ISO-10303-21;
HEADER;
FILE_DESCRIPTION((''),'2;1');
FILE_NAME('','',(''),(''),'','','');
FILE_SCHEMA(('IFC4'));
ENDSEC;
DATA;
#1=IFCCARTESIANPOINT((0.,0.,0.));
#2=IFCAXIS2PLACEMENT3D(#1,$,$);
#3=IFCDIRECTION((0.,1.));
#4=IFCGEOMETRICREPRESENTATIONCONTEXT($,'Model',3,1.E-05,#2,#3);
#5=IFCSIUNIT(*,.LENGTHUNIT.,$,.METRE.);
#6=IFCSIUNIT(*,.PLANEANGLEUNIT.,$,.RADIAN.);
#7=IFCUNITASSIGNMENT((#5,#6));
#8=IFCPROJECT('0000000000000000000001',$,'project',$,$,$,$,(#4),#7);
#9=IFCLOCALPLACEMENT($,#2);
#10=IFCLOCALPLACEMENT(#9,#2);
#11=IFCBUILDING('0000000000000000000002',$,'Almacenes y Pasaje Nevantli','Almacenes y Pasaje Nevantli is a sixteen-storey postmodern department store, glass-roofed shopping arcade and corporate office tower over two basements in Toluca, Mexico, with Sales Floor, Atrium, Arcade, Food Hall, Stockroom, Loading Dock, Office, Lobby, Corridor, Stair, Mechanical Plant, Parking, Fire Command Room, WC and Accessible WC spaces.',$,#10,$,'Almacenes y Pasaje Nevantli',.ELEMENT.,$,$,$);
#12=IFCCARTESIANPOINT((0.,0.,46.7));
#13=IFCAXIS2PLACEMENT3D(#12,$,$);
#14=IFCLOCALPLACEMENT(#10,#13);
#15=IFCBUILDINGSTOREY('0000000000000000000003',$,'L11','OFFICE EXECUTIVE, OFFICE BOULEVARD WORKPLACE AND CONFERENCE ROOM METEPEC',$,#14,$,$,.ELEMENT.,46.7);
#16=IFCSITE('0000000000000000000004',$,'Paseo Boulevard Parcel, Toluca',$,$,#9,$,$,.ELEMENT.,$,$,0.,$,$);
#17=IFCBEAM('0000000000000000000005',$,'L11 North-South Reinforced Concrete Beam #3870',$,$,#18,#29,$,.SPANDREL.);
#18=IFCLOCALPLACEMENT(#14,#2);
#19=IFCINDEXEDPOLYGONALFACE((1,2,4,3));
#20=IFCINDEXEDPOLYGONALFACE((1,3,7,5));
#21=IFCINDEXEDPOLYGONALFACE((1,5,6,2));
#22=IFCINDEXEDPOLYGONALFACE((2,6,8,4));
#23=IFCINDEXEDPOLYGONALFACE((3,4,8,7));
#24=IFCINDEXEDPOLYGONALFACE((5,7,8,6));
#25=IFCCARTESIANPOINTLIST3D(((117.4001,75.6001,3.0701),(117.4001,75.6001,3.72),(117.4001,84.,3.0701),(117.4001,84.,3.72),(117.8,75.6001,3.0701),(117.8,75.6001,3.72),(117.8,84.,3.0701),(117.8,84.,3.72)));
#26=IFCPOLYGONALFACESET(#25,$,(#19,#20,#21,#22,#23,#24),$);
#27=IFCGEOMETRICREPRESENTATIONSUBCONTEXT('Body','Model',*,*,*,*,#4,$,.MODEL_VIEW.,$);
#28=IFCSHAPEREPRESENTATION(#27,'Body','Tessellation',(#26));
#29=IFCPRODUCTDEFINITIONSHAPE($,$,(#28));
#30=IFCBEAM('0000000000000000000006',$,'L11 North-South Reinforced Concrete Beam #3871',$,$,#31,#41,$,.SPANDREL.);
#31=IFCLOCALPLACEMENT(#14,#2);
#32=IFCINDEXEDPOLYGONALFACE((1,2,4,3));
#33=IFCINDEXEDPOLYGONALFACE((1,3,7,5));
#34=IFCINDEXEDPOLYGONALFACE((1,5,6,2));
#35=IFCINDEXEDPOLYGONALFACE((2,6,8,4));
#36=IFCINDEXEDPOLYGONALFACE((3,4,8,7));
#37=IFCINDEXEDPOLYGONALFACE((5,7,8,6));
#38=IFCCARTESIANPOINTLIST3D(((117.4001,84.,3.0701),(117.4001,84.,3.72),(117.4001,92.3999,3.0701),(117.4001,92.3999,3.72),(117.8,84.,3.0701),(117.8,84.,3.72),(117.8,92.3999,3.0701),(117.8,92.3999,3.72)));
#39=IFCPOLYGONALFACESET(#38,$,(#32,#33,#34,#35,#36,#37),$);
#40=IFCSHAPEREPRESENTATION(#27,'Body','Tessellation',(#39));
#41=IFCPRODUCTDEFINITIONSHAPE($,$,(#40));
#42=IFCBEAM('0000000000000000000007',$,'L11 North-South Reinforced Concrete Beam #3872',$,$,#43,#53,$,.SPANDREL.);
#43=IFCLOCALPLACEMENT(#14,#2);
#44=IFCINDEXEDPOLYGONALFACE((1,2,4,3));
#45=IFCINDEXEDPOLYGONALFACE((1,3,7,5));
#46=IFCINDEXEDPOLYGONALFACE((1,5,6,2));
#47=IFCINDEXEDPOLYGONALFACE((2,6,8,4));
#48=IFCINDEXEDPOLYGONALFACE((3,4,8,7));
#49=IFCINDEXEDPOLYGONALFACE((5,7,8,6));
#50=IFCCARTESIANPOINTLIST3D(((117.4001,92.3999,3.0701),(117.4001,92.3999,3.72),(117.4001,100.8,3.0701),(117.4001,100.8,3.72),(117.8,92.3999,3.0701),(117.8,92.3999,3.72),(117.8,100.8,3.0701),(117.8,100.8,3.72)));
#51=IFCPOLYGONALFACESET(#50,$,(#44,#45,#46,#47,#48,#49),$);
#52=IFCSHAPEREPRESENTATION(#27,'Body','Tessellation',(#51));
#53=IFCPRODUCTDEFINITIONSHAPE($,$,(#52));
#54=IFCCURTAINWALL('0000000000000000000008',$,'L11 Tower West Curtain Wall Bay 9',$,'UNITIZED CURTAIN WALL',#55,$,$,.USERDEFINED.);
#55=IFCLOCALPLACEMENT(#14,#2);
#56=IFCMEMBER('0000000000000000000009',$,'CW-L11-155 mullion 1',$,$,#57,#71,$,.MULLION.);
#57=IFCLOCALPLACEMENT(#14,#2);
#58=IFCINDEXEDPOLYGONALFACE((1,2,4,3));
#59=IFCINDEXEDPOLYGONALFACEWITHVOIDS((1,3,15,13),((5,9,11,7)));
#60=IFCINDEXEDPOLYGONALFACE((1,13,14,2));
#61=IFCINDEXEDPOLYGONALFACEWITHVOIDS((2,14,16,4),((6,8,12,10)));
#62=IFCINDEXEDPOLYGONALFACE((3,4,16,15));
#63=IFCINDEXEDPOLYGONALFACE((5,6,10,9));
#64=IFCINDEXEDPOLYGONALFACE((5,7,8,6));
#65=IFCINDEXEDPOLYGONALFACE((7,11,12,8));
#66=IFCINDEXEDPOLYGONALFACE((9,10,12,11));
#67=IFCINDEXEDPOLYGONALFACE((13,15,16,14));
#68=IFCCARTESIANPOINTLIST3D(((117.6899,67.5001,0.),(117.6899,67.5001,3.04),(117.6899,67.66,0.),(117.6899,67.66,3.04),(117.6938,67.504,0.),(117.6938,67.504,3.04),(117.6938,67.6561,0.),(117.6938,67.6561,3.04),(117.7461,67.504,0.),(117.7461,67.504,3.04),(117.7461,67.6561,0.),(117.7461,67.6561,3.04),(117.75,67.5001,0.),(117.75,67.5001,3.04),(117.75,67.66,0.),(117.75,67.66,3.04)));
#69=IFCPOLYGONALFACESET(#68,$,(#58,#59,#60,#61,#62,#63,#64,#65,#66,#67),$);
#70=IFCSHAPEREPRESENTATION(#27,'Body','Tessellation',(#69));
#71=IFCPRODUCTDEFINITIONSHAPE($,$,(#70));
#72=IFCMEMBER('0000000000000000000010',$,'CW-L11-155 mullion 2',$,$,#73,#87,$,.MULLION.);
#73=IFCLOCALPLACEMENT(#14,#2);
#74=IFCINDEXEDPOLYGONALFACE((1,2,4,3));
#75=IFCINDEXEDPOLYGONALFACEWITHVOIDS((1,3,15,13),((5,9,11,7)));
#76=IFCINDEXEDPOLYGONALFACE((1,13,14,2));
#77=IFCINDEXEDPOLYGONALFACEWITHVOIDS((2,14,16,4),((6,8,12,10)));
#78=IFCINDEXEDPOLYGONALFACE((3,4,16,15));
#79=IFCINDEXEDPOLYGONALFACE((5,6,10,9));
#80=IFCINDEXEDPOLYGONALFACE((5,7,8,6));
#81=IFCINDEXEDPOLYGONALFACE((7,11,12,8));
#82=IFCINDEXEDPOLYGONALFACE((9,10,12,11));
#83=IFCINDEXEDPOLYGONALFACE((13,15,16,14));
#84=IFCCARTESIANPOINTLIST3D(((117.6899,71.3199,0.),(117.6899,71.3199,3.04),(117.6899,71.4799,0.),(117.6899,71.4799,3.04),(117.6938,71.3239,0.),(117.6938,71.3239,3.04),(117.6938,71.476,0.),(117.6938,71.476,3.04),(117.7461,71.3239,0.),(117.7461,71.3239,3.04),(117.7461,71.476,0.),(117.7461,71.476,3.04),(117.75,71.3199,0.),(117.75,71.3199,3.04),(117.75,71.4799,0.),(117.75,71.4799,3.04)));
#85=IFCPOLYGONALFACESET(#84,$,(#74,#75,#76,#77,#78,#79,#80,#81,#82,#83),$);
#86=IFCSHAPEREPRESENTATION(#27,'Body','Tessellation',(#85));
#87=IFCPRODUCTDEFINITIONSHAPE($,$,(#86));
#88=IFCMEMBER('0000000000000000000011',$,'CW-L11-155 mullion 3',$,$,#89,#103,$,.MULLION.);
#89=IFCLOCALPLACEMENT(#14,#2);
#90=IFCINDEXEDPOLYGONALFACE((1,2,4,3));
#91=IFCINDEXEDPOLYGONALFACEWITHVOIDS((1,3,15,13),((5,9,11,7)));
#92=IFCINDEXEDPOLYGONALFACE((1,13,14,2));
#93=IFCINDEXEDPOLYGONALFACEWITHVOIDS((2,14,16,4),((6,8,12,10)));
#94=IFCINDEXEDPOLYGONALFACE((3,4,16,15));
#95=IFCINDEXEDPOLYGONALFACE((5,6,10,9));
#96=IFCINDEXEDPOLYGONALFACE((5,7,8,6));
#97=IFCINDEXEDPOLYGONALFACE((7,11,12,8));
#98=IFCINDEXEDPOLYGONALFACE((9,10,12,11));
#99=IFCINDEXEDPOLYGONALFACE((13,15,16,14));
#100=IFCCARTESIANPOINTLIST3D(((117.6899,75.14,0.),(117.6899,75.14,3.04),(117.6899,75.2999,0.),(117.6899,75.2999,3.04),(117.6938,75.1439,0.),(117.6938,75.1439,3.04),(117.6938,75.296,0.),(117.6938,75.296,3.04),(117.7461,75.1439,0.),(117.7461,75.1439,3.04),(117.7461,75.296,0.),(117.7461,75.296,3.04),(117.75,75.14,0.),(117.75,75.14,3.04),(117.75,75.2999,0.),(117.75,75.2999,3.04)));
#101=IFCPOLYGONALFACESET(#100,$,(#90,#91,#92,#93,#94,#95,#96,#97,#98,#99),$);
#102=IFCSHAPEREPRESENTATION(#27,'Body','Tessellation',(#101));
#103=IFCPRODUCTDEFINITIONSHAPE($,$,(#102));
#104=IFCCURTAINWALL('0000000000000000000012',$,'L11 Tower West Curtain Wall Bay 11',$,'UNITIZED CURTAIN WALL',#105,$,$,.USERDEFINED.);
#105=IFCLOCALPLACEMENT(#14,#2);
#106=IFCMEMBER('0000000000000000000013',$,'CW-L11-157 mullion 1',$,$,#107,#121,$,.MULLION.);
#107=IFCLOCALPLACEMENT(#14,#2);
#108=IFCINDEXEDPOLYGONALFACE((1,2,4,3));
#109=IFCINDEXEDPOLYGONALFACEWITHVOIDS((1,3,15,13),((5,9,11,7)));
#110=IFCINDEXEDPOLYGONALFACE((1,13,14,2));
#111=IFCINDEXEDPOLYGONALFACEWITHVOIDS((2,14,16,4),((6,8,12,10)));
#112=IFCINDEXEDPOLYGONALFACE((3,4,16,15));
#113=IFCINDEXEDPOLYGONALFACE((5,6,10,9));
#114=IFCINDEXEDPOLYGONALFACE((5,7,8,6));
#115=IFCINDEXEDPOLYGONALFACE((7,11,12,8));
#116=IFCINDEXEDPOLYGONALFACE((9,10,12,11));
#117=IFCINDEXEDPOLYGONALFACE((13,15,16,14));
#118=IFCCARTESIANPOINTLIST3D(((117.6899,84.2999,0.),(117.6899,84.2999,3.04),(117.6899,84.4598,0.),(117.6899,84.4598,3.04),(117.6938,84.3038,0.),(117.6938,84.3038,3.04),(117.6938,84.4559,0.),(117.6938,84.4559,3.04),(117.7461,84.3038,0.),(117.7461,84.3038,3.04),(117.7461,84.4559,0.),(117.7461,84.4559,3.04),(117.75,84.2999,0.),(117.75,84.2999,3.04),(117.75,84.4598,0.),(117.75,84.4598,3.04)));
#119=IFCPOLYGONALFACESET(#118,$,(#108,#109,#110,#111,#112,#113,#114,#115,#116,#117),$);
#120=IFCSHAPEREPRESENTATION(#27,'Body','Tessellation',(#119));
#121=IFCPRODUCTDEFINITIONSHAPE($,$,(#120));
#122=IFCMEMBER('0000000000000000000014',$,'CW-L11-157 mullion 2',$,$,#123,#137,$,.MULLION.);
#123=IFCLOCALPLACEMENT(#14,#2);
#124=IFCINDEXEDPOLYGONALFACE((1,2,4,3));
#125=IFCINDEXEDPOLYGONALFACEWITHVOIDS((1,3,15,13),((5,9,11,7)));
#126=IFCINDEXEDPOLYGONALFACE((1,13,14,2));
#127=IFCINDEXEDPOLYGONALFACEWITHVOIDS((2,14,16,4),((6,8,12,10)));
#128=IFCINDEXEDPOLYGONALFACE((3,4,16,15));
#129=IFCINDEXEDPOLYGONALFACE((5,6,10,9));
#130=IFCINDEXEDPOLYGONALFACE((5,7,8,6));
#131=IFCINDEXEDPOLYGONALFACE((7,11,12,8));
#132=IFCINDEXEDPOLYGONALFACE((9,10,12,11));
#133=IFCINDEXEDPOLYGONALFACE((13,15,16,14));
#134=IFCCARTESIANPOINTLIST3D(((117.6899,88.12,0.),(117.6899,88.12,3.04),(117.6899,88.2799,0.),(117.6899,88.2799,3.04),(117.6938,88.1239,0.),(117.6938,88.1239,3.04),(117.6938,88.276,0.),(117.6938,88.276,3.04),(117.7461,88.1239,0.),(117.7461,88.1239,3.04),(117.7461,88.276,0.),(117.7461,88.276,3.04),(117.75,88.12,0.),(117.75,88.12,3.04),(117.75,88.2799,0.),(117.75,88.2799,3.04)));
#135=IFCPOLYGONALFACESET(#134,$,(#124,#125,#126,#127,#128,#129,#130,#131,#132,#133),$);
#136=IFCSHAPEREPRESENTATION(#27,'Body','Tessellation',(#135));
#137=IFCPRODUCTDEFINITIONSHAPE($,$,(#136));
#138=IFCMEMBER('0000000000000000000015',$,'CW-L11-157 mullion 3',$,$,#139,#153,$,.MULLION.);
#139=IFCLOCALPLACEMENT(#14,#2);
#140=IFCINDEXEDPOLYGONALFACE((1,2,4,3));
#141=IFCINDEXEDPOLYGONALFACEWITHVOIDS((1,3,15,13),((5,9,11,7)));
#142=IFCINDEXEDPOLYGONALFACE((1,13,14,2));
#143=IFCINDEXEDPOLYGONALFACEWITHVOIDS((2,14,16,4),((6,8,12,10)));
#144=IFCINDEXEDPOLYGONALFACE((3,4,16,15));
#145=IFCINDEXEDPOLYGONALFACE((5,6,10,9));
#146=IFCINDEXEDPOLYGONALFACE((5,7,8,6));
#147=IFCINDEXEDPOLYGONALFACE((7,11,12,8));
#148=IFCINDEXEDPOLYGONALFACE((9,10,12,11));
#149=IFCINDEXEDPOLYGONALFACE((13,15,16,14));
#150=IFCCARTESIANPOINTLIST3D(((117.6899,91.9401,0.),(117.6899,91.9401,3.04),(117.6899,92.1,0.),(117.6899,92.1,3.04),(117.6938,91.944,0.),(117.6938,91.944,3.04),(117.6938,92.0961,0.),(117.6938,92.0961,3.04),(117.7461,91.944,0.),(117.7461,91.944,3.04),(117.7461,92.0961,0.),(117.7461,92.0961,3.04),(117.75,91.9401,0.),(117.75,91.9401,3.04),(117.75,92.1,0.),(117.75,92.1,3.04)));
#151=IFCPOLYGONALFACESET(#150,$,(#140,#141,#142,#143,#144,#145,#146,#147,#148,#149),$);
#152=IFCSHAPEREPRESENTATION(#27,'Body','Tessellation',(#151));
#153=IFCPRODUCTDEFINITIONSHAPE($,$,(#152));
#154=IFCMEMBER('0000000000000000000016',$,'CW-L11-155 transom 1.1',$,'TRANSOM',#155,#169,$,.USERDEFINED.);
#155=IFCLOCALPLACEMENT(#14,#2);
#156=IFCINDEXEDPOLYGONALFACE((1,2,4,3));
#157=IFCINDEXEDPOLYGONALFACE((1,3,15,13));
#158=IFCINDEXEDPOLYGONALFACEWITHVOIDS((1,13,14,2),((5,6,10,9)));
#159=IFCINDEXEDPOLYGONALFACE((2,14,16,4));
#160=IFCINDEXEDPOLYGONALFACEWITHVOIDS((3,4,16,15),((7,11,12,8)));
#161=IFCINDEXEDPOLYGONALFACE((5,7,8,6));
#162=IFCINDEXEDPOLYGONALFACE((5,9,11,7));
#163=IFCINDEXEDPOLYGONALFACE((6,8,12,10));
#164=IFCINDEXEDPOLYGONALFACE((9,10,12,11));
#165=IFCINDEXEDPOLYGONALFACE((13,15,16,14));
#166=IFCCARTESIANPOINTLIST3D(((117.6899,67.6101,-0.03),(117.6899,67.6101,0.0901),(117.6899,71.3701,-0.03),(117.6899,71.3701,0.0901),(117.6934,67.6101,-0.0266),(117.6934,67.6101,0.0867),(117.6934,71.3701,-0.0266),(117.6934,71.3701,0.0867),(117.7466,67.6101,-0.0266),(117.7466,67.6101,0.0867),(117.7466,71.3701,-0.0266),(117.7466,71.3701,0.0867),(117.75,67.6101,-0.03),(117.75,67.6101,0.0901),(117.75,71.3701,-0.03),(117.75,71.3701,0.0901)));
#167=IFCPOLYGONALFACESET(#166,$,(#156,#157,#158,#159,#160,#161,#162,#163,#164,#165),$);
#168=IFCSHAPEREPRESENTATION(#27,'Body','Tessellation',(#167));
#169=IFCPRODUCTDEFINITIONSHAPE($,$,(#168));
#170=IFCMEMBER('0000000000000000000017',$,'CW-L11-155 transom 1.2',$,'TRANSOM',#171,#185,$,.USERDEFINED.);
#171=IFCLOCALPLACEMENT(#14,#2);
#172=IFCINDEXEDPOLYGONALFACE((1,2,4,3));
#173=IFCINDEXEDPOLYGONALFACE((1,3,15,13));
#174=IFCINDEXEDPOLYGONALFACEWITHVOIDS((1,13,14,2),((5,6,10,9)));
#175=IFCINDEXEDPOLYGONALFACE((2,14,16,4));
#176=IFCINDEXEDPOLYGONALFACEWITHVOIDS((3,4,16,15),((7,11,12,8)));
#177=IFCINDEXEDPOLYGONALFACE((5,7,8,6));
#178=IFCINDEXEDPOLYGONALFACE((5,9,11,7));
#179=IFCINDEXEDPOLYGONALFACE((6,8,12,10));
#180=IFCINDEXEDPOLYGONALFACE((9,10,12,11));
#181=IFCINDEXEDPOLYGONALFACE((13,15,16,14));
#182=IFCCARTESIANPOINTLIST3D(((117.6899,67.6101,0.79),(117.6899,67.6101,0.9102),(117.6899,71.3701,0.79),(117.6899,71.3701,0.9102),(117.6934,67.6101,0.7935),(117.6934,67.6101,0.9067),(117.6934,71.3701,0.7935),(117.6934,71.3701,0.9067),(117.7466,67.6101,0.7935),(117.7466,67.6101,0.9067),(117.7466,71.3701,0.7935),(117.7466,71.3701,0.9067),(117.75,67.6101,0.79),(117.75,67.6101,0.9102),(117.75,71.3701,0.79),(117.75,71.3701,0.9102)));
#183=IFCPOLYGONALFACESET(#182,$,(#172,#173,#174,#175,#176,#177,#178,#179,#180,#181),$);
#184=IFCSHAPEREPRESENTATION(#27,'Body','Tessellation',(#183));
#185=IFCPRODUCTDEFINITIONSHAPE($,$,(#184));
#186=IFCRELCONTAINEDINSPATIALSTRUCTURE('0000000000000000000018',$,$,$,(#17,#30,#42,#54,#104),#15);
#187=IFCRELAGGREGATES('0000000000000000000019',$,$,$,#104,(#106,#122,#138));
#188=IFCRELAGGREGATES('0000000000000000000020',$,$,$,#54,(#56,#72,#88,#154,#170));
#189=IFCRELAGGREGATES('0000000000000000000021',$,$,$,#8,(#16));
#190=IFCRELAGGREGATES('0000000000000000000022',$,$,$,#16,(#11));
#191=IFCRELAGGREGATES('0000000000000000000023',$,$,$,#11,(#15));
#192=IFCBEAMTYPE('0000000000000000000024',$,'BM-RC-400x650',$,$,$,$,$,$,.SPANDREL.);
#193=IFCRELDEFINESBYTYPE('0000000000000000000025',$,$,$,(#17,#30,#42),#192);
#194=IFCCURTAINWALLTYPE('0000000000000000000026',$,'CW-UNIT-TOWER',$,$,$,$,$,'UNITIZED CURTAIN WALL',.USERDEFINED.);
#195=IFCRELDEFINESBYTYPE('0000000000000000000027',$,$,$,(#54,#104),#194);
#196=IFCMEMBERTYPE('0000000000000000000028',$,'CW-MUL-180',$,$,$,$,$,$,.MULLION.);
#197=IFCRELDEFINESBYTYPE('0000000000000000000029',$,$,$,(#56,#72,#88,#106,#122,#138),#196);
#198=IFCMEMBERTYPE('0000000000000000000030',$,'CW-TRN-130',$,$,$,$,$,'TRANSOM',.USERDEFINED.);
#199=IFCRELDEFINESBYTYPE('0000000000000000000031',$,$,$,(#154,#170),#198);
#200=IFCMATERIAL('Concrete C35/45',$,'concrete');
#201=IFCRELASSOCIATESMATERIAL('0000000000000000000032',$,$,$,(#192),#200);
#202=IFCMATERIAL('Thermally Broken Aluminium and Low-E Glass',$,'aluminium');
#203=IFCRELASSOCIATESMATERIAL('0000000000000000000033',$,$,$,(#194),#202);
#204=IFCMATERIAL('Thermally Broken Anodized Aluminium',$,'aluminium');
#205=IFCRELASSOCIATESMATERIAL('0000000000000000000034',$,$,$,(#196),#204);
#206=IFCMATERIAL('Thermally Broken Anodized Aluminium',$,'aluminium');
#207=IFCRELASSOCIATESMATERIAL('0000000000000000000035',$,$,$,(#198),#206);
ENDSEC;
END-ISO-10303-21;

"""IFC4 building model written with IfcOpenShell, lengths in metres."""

from ifc_helpers import new_model, si_unit, direction, frame, origin, origin_2d, place, context, subcontext, project, spatial, rectangle, hollow_rectangle, extrude, material, material_profile, profile_set, type_object, element, aggregate, save


model = new_model("IFC4")

# Units and contexts
model_context = context("Model", 3, precision=1e-05, world=origin(), true_north=direction((0.0, 1.0)))
body_context = subcontext(model_context, "Body", "Model", "MODEL_VIEW")
ifc_project = project(units=[si_unit("LENGTHUNIT", "METRE"), si_unit("PLANEANGLEUNIT", "RADIAN")], contexts=[model_context])

# Site, building, storey
site_placement = place(None, origin())
site = spatial("IfcSite", under=ifc_project, at=site_placement, Name="Paseo Boulevard Parcel, Toluca", CompositionType="ELEMENT", RefElevation=0.0)
building_placement = place(site_placement, origin())
building = spatial("IfcBuilding", under=site, at=building_placement, Name="Almacenes y Pasaje Nevantli", Description="Almacenes y Pasaje Nevantli is a sixteen-storey postmodern department store, glass-roofed shopping arcade and corporate office tower over two basements in Toluca, Mexico, with Sales Floor, Atrium, Arcade, Food Hall, Stockroom, Loading Dock, Office, Lobby, Corridor, Stair, Mechanical Plant, Parking, Fire Command Room, WC and Accessible WC spaces.", LongName="Almacenes y Pasaje Nevantli", CompositionType="ELEMENT")
storey_placement = place(building_placement, frame((0.0, 0.0, 46.7)))
storey = spatial("IfcBuildingStorey", under=building, at=storey_placement, Name="L11", Description="OFFICE EXECUTIVE, OFFICE BOULEVARD WORKPLACE AND CONFERENCE ROOM METEPEC", CompositionType="ELEMENT", Elevation=46.7)

# Beams
ifc_material_1 = material(Name="Concrete C35/45", Category="concrete")
ifc_material_profile_1 = material_profile(ifc_material_1, rectangle(XDim=0.3999, YDim=0.6499, at=origin_2d()), Name="RC-BM-400x650")
ifc_profile_set_1 = profile_set([ifc_material_profile_1], Name="Concrete C35/45")
beam_type = type_object("IfcBeamType", Name="BM-RC-400x650", PredefinedType="SPANDREL", material=ifc_profile_set_1)
for number, where, z_axis, x_axis, name in (
    (1, (117.6001, 75.6001, 3.395), (0.0, 1.0, 0.0), (-1.0, 0.0, 0.0), "L11 North-South Reinforced Concrete Beam #3870"),
    (2, (117.6001, 84.0, 3.395), (0.0, 1.0, 0.0), (-1.0, 0.0, 0.0), "L11 North-South Reinforced Concrete Beam #3871"),
):
    element("IfcBeam", number, at=place(storey_placement, frame(where, z_axis=z_axis, x_axis=x_axis)), inside=storey, type_object=beam_type, Name=name, PredefinedType="SPANDREL", context=body_context, shape_type="SweptSolid", body=[
        extrude(rectangle(XDim=0.3999, YDim=0.6499, at=origin_2d()), origin(), (0.0, 0.0, 1.0), 8.3999),
    ])
beam_placement = place(storey_placement, frame((117.6001, 92.3999, 3.395), z_axis=(0.0, 1.0, 0.0), x_axis=(-1.0, 0.0, 0.0)))
element("IfcBeam", 3, at=beam_placement, inside=storey, type_object=beam_type, Name="L11 North-South Reinforced Concrete Beam #3872", PredefinedType="SPANDREL", context=body_context, shape_type="SweptSolid", body=[
    extrude(rectangle(XDim=0.3999, YDim=0.6499, at=origin_2d()), origin(), (0.0, 0.0, 1.0), 8.4001),
])

# Curtain walls, members
ifc_material_2 = material(Name="Thermally Broken Aluminium and Low-E Glass", Category="aluminium")
curtain_wall_type = type_object("IfcCurtainWallType", Name="CW-UNIT-TOWER", ElementType="UNITIZED CURTAIN WALL", PredefinedType="USERDEFINED", material=ifc_material_2)
curtain_wall_1_placement = place(storey_placement, origin())
curtain_wall_1 = element("IfcCurtainWall", 4, at=curtain_wall_1_placement, inside=storey, type_object=curtain_wall_type, Name="L11 Tower West Curtain Wall Bay 9", ObjectType="UNITIZED CURTAIN WALL", PredefinedType="USERDEFINED")
ifc_material_3 = material(Name="Thermally Broken Anodized Aluminium", Category="aluminium")
ifc_material_profile_2 = material_profile(ifc_material_3, hollow_rectangle(XDim=0.0601, YDim=0.1599, WallThickness=0.0039, at=origin_2d()), Name="ALU-MUL-60x160")
ifc_profile_set_2 = profile_set([ifc_material_profile_2], Name="Thermally Broken Anodized Aluminium")
member_type_1 = type_object("IfcMemberType", Name="CW-MUL-180", PredefinedType="MULLION", material=ifc_profile_set_2)
member_1_placement = place(storey_placement, frame((117.72, 67.5801, 0.0), z_axis=(0.0, 0.0, 1.0), x_axis=(-1.0, 0.0, 0.0)))
member_1 = element("IfcMember", 5, at=member_1_placement, type_object=member_type_1, Name="CW-L11-155 mullion 1", PredefinedType="MULLION", context=body_context, shape_type="SweptSolid", body=[
    extrude(hollow_rectangle(XDim=0.0601, YDim=0.1599, WallThickness=0.0039, at=origin_2d()), origin(), (0.0, 0.0, 1.0), 3.04),
])
member_2_placement = place(storey_placement, frame((117.72, 71.3999, 0.0), z_axis=(0.0, 0.0, 1.0), x_axis=(-1.0, 0.0, 0.0)))
member_2 = element("IfcMember", 6, at=member_2_placement, type_object=member_type_1, Name="CW-L11-155 mullion 2", PredefinedType="MULLION", context=body_context, shape_type="SweptSolid", body=[
    extrude(hollow_rectangle(XDim=0.0601, YDim=0.1599, WallThickness=0.0039, at=origin_2d()), origin(), (0.0, 0.0, 1.0), 3.04),
])
member_3_placement = place(storey_placement, frame((117.72, 75.22, 0.0), z_axis=(0.0, 0.0, 1.0), x_axis=(-1.0, 0.0, 0.0)))
member_3 = element("IfcMember", 7, at=member_3_placement, type_object=member_type_1, Name="CW-L11-155 mullion 3", PredefinedType="MULLION", context=body_context, shape_type="SweptSolid", body=[
    extrude(hollow_rectangle(XDim=0.0601, YDim=0.1599, WallThickness=0.0039, at=origin_2d()), origin(), (0.0, 0.0, 1.0), 3.04),
])
curtain_wall_2_placement = place(storey_placement, origin())
curtain_wall_2 = element("IfcCurtainWall", 8, at=curtain_wall_2_placement, inside=storey, type_object=curtain_wall_type, Name="L11 Tower West Curtain Wall Bay 11", ObjectType="UNITIZED CURTAIN WALL", PredefinedType="USERDEFINED")
member_4_placement = place(storey_placement, frame((117.72, 84.3799, 0.0), z_axis=(0.0, 0.0, 1.0), x_axis=(-1.0, 0.0, 0.0)))
member_4 = element("IfcMember", 9, at=member_4_placement, type_object=member_type_1, Name="CW-L11-157 mullion 1", PredefinedType="MULLION", context=body_context, shape_type="SweptSolid", body=[
    extrude(hollow_rectangle(XDim=0.0601, YDim=0.1599, WallThickness=0.0039, at=origin_2d()), origin(), (0.0, 0.0, 1.0), 3.04),
])
member_5_placement = place(storey_placement, frame((117.72, 88.2, 0.0), z_axis=(0.0, 0.0, 1.0), x_axis=(-1.0, 0.0, 0.0)))
member_5 = element("IfcMember", 10, at=member_5_placement, type_object=member_type_1, Name="CW-L11-157 mullion 2", PredefinedType="MULLION", context=body_context, shape_type="SweptSolid", body=[
    extrude(hollow_rectangle(XDim=0.0601, YDim=0.1599, WallThickness=0.0039, at=origin_2d()), origin(), (0.0, 0.0, 1.0), 3.04),
])
member_6_placement = place(storey_placement, frame((117.72, 92.02, 0.0), z_axis=(0.0, 0.0, 1.0), x_axis=(-1.0, 0.0, 0.0)))
member_6 = element("IfcMember", 11, at=member_6_placement, type_object=member_type_1, Name="CW-L11-157 mullion 3", PredefinedType="MULLION", context=body_context, shape_type="SweptSolid", body=[
    extrude(hollow_rectangle(XDim=0.0601, YDim=0.1599, WallThickness=0.0039, at=origin_2d()), origin(), (0.0, 0.0, 1.0), 3.04),
])

# Members
ifc_material_4 = material(Name="Thermally Broken Anodized Aluminium", Category="aluminium")
ifc_material_profile_3 = material_profile(ifc_material_4, hollow_rectangle(XDim=0.0601, YDim=0.1201, WallThickness=0.0034, at=origin_2d()), Name="ALU-TRN-60x120")
ifc_profile_set_3 = profile_set([ifc_material_profile_3], Name="Thermally Broken Anodized Aluminium")
member_type_2 = type_object("IfcMemberType", Name="CW-TRN-130", ElementType="TRANSOM", PredefinedType="USERDEFINED", material=ifc_profile_set_3)
member_7_placement = place(storey_placement, frame((117.72, 67.6101, 0.03), z_axis=(0.0, 1.0, 0.0), x_axis=(-1.0, 0.0, 0.0)))
member_7 = element("IfcMember", 12, at=member_7_placement, type_object=member_type_2, Name="CW-L11-155 transom 1.1", ObjectType="TRANSOM", PredefinedType="USERDEFINED", context=body_context, shape_type="SweptSolid", body=[
    extrude(hollow_rectangle(XDim=0.0601, YDim=0.1201, WallThickness=0.0034, at=origin_2d()), origin(), (0.0, 0.0, 1.0), 3.76),
])
member_8_placement = place(storey_placement, frame((117.72, 67.6101, 0.8501), z_axis=(0.0, 1.0, 0.0), x_axis=(-1.0, 0.0, 0.0)))
member_8 = element("IfcMember", 13, at=member_8_placement, type_object=member_type_2, Name="CW-L11-155 transom 1.2", ObjectType="TRANSOM", PredefinedType="USERDEFINED", context=body_context, shape_type="SweptSolid", body=[
    extrude(hollow_rectangle(XDim=0.0601, YDim=0.1201, WallThickness=0.0034, at=origin_2d()), origin(), (0.0, 0.0, 1.0), 3.76),
])
aggregate(curtain_wall_2, [member_4, member_5, member_6])

aggregate(curtain_wall_1, [member_1, member_2, member_3, member_7, member_8])

save(model, "model.ifc")
